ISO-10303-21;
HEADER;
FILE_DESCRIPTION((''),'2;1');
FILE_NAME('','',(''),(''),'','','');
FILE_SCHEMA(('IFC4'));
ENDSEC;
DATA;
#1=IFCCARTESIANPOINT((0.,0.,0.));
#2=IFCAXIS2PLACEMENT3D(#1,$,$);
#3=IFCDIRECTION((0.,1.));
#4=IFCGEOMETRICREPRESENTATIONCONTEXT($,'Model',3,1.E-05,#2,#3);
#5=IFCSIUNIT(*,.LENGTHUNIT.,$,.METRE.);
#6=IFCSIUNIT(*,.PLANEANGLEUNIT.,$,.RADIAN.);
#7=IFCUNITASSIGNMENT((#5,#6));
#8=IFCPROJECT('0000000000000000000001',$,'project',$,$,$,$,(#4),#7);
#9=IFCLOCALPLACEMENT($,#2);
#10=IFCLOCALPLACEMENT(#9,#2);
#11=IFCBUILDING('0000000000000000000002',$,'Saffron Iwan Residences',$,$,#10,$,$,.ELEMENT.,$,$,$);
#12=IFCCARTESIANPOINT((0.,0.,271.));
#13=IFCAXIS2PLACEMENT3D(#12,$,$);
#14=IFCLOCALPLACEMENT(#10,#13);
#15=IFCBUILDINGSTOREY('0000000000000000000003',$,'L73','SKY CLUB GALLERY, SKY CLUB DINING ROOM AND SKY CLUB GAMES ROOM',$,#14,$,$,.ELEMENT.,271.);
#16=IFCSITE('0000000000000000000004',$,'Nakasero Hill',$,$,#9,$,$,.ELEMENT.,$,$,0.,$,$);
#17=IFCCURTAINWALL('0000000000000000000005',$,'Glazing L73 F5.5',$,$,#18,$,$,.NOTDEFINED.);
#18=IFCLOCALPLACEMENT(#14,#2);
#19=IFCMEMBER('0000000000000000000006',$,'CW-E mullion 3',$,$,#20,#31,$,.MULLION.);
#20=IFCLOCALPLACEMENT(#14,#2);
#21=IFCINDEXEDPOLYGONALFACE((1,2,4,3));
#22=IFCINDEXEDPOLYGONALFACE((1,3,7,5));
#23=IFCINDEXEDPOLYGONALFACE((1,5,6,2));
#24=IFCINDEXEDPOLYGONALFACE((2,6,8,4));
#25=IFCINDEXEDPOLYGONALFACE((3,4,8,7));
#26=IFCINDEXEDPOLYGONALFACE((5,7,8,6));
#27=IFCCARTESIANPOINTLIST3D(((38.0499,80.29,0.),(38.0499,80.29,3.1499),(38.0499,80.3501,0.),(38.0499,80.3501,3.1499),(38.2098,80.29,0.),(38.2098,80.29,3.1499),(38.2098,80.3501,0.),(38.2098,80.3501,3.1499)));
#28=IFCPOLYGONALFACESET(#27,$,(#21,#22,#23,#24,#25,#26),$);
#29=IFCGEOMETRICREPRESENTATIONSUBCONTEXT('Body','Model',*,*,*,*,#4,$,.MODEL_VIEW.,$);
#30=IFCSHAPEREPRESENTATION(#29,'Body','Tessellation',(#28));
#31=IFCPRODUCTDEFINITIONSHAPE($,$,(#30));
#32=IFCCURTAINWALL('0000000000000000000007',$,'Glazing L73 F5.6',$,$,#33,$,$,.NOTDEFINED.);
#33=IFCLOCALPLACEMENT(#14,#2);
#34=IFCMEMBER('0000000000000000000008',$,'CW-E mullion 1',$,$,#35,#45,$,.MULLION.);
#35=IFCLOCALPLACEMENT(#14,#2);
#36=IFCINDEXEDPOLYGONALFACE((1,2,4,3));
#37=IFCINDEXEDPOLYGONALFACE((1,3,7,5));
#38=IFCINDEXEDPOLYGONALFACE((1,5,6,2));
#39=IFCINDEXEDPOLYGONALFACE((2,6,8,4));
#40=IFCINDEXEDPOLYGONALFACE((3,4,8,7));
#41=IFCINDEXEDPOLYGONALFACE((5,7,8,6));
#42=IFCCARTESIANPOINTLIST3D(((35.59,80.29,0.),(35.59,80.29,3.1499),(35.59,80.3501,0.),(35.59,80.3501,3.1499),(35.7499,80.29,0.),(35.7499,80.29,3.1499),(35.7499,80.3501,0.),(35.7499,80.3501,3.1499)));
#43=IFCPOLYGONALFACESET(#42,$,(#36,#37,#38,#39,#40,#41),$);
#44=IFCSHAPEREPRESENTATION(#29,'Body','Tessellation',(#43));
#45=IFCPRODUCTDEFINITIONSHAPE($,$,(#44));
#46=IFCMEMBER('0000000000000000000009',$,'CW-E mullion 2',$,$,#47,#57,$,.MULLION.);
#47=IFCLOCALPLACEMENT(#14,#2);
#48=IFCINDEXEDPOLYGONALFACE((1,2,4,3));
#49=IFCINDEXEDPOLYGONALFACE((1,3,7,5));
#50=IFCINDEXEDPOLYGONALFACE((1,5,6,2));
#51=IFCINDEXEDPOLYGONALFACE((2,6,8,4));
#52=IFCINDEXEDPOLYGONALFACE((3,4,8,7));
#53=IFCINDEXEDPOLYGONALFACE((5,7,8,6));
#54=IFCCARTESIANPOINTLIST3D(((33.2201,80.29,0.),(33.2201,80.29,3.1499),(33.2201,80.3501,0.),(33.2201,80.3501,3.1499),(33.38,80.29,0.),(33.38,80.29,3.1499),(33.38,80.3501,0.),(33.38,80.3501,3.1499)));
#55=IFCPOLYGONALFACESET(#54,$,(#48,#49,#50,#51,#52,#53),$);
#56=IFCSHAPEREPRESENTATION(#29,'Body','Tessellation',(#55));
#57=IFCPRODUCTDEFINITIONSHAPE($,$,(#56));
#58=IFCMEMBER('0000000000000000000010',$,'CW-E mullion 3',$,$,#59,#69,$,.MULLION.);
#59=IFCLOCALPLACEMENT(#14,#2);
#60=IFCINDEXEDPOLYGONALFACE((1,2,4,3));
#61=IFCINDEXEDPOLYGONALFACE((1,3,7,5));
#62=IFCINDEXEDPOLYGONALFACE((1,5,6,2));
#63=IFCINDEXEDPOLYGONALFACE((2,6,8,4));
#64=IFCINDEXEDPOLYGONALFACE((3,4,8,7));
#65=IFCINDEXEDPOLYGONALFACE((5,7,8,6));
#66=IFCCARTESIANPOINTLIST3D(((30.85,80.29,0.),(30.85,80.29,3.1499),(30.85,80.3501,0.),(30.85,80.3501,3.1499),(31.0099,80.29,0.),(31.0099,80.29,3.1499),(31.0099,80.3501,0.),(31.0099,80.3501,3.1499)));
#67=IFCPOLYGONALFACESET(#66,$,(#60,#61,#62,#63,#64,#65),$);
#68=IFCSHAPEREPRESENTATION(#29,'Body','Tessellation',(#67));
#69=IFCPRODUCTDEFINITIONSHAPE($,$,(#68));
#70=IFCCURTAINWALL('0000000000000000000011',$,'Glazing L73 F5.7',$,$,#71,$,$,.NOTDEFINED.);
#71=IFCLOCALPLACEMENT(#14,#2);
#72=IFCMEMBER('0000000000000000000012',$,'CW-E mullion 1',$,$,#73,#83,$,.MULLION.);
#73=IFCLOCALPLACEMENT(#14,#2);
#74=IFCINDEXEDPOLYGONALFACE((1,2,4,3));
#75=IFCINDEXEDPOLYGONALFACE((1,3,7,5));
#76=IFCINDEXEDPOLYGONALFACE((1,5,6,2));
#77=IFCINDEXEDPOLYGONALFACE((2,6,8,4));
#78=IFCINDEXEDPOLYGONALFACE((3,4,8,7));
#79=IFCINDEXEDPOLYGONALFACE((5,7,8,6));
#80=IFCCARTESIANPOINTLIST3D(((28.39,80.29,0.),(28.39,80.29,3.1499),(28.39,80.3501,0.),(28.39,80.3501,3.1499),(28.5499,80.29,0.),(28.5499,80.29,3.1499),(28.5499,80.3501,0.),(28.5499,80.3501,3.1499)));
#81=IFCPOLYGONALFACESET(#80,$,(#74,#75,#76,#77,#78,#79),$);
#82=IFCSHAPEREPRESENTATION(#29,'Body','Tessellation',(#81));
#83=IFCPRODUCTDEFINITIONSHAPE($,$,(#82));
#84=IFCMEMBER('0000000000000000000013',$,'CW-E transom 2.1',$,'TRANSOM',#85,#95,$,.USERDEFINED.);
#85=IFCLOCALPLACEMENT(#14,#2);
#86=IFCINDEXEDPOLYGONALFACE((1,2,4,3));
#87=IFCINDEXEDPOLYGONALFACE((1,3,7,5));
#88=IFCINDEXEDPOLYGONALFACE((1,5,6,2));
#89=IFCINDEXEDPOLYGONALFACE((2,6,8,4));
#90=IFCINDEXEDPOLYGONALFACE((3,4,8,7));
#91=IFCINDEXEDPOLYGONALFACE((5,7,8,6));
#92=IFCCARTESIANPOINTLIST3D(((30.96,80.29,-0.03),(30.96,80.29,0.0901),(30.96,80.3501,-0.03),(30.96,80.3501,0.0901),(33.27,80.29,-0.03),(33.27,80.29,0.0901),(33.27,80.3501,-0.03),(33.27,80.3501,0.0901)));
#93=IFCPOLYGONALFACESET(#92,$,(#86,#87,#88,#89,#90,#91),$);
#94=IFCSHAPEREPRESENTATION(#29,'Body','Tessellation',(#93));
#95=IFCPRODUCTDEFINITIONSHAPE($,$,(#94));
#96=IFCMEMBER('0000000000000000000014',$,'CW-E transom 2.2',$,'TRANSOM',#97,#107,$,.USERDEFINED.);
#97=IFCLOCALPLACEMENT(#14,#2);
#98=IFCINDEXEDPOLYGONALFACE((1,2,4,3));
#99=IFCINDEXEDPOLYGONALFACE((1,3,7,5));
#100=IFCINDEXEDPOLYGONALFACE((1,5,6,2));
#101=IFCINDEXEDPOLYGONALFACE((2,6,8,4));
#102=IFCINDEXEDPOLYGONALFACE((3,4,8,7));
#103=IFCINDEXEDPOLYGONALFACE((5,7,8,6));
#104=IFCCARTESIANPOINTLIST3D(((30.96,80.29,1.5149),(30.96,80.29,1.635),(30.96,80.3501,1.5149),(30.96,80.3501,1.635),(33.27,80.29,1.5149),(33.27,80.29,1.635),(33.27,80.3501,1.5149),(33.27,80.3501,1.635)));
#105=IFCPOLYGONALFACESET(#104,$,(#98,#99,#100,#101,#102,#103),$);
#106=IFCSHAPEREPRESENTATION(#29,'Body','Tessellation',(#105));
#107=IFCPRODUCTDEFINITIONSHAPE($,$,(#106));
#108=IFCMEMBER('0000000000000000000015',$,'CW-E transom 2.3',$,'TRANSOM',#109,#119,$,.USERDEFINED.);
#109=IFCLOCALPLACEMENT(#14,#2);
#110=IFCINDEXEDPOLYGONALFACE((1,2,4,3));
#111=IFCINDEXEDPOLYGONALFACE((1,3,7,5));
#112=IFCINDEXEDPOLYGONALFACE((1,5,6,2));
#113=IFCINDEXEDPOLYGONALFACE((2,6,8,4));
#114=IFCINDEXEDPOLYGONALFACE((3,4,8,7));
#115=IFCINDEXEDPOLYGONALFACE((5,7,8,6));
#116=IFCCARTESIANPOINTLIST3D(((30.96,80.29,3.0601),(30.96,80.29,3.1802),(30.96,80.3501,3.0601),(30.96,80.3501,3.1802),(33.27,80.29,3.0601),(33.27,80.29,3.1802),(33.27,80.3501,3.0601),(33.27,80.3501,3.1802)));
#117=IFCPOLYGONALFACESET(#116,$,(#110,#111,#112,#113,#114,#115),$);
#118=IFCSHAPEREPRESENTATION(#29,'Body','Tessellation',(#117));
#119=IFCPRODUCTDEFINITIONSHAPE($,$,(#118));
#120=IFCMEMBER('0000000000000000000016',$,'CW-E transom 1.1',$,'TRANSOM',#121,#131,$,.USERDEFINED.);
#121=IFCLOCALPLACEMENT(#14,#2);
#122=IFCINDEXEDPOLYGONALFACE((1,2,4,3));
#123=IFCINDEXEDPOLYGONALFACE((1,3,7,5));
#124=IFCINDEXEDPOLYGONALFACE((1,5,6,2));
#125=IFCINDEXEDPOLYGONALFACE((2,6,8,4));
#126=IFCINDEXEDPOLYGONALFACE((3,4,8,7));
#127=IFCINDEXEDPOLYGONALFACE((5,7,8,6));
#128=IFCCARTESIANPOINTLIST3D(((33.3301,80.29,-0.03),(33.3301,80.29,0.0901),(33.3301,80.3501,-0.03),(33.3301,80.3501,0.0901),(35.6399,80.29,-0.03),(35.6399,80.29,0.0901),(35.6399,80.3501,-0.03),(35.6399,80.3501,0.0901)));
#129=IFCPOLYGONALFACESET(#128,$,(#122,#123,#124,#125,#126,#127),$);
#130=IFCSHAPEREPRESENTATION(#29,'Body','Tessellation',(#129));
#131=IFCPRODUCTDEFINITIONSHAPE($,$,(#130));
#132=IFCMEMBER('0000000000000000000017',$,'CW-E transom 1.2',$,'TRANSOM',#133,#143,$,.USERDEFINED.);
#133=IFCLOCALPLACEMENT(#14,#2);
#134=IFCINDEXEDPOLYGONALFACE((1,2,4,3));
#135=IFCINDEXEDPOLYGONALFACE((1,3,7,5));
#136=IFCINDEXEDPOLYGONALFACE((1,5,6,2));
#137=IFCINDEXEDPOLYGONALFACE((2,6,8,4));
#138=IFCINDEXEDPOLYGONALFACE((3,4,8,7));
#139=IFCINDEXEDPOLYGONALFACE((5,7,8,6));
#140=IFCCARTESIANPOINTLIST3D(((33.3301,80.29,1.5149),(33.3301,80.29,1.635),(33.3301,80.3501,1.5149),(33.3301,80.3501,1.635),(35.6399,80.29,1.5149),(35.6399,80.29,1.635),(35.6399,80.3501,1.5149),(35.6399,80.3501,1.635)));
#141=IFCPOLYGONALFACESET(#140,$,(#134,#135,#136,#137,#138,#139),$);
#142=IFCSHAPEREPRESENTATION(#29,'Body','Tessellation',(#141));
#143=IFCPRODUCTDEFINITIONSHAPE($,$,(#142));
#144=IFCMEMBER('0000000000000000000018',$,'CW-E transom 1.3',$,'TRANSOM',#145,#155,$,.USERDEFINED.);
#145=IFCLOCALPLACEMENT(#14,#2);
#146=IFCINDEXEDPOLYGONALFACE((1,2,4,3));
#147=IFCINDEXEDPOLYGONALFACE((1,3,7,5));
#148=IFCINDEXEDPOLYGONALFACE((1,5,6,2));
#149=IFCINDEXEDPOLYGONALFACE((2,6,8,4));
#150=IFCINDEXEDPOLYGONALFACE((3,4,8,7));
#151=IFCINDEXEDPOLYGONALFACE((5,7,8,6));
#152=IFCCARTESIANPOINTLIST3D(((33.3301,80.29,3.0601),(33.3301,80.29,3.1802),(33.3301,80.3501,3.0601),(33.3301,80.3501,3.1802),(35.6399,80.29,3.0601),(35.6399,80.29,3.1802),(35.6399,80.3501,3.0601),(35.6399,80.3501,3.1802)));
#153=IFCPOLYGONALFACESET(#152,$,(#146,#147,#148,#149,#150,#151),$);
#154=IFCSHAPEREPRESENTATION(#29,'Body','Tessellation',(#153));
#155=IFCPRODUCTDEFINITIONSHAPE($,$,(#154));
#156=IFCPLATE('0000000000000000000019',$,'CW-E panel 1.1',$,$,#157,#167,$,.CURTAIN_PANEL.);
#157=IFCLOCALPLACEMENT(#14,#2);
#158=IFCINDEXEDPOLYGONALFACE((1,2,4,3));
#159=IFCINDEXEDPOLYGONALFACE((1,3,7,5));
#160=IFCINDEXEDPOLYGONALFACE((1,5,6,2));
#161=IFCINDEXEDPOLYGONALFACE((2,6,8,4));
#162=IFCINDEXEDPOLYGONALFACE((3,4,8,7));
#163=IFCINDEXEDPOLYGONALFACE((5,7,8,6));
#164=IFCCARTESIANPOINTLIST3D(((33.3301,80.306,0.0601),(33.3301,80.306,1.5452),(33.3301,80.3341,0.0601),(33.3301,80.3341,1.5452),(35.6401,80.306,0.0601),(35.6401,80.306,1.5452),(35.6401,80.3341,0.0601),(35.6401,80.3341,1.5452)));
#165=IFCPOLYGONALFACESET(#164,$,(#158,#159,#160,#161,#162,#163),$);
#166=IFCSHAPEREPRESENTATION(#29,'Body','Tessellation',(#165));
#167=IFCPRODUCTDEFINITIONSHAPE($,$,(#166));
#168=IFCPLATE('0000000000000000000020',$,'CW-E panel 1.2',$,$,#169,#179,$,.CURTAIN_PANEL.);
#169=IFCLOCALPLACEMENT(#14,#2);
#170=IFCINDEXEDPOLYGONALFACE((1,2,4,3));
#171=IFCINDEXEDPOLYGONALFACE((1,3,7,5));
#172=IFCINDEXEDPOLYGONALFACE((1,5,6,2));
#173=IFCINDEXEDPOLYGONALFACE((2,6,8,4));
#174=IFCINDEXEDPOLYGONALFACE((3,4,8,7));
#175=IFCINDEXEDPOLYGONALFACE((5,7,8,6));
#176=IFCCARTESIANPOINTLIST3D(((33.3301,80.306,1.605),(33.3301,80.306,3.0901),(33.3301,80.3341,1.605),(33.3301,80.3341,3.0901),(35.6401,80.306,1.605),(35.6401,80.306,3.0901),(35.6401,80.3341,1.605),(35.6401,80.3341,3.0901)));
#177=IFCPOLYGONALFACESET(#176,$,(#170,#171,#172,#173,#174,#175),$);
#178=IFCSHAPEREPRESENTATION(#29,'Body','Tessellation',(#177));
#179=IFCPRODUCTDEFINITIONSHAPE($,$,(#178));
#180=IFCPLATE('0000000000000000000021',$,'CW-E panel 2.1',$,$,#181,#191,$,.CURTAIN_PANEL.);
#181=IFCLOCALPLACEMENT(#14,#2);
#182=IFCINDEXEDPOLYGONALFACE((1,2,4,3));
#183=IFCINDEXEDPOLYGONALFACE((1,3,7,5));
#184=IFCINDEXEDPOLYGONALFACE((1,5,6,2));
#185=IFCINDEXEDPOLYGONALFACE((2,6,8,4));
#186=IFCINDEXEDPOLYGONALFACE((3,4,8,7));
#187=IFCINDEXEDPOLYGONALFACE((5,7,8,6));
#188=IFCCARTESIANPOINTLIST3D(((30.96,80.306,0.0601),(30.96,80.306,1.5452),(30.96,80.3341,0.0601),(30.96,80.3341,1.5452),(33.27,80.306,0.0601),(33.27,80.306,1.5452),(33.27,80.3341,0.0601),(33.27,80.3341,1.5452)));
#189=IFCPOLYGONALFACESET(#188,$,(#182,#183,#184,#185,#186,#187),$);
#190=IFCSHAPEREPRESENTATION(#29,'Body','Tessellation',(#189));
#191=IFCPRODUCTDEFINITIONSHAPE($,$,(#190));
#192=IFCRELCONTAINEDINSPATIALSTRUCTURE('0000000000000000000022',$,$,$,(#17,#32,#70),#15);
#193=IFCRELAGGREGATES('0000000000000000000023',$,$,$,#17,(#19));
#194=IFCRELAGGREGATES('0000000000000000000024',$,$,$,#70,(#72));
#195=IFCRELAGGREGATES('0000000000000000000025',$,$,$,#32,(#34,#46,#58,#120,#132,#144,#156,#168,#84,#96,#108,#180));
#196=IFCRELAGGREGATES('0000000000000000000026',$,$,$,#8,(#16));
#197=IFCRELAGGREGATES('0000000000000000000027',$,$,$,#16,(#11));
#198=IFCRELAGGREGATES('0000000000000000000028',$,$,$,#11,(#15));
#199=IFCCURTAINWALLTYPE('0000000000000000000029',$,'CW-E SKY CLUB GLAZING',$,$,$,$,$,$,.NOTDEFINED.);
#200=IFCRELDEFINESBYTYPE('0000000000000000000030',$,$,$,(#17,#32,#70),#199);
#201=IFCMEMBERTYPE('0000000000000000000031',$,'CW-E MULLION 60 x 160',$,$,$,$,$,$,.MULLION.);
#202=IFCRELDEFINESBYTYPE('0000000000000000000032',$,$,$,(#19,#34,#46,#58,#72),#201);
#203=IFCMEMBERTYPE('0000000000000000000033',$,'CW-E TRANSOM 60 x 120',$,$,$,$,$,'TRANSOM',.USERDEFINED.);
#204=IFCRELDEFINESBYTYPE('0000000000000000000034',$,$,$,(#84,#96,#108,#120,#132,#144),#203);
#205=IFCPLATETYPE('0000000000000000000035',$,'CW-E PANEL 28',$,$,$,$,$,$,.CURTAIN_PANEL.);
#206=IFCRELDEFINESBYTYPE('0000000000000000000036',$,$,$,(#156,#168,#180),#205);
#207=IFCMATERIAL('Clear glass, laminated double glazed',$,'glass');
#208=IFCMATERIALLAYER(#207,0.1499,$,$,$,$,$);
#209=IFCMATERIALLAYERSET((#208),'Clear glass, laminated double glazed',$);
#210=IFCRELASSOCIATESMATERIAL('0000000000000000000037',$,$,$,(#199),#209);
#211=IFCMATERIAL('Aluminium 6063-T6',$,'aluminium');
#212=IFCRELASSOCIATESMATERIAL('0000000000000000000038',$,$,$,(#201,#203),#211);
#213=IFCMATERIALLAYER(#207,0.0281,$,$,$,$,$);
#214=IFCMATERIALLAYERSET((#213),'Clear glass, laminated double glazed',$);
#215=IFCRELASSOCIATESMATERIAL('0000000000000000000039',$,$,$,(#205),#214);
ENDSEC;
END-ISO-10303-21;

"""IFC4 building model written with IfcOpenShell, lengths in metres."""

from ifc_helpers import new_model, si_unit, direction, frame, origin, origin_2d, place, context, subcontext, project, spatial, rectangle, extrude, source, transform, mapped, material, layer, layer_set, material_profile, profile_set, type_object, element, aggregate, save


model = new_model("IFC4")

# Units and contexts
model_context = context("Model", 3, precision=1e-05, world=origin(), true_north=direction((0.0, 1.0)))
body_context = subcontext(model_context, "Body", "Model", "MODEL_VIEW")
ifc_project = project(units=[si_unit("LENGTHUNIT", "METRE"), si_unit("PLANEANGLEUNIT", "RADIAN")], contexts=[model_context])

# Site, building, storey
site_placement = place(None, origin())
site = spatial("IfcSite", under=ifc_project, at=site_placement, Name="Nakasero Hill", CompositionType="ELEMENT", RefElevation=0.0)
building_placement = place(site_placement, origin())
building = spatial("IfcBuilding", under=site, at=building_placement, Name="Saffron Iwan Residences", CompositionType="ELEMENT")
storey_placement = place(building_placement, frame((0.0, 0.0, 271.0)))
storey = spatial("IfcBuildingStorey", under=building, at=storey_placement, Name="L73", Description="SKY CLUB GALLERY, SKY CLUB DINING ROOM AND SKY CLUB GAMES ROOM", CompositionType="ELEMENT", Elevation=271.0)

# Curtain wall, member
ifc_material_1 = material(Name="Clear glass, laminated double glazed", Category="glass")
ifc_layer_1 = layer(ifc_material_1, 0.1499)
ifc_layer_set_1 = layer_set([ifc_layer_1], Name="Clear glass, laminated double glazed")
curtain_wall_type = type_object("IfcCurtainWallType", Name="CW-E SKY CLUB GLAZING", PredefinedType="NOTDEFINED", material=ifc_layer_set_1)
curtain_wall_1_placement = place(storey_placement, origin())
curtain_wall_1 = element("IfcCurtainWall", 1, at=curtain_wall_1_placement, inside=storey, type_object=curtain_wall_type, Name="Glazing L73 F5.5", PredefinedType="NOTDEFINED")
ifc_material_2 = material(Name="Aluminium 6063-T6", Category="aluminium")
ifc_material_profile_1 = material_profile(ifc_material_2, rectangle(XDim=0.0601, YDim=0.1599, at=origin_2d()), Name="CW-E MULLION 60 x 160")
ifc_profile_set_1 = profile_set([ifc_material_profile_1], Name="Aluminium 6063-T6")
member_type_1 = type_object("IfcMemberType", Name="CW-E MULLION 60 x 160", PredefinedType="MULLION", material=ifc_profile_set_1)
shared_shape_1 = source(origin(), body_context, "Body", "SweptSolid", [
    extrude(rectangle(XDim=0.0601, YDim=0.1599, at=origin_2d()), origin(), (0.0, 0.0, 1.0), 3.1499),
])
member_1_placement = place(storey_placement, frame((38.1299, 80.3201, 0.0), z_axis=(0.0, 0.0, 1.0), x_axis=(0.0, -1.0, 0.0)))
member_1 = element("IfcMember", 2, at=member_1_placement, type_object=member_type_1, Name="CW-E mullion 3", PredefinedType="MULLION", context=body_context, shape_type="MappedRepresentation", body=[
    mapped(shared_shape_1, transform((0.0, 0.0, 0.0))),
])
aggregate(curtain_wall_1, [member_1])

# Curtain wall, members
curtain_wall_2_placement = place(storey_placement, origin())
curtain_wall_2 = element("IfcCurtainWall", 3, at=curtain_wall_2_placement, inside=storey, type_object=curtain_wall_type, Name="Glazing L73 F5.6", PredefinedType="NOTDEFINED")
member_2_placement = place(storey_placement, frame((35.6699, 80.3201, 0.0), z_axis=(0.0, 0.0, 1.0), x_axis=(0.0, -1.0, 0.0)))
member_2 = element("IfcMember", 4, at=member_2_placement, type_object=member_type_1, Name="CW-E mullion 1", PredefinedType="MULLION", context=body_context, shape_type="MappedRepresentation", body=[
    mapped(shared_shape_1, transform((0.0, 0.0, 0.0))),
])
member_3_placement = place(storey_placement, frame((33.3, 80.3201, 0.0), z_axis=(0.0, 0.0, 1.0), x_axis=(0.0, -1.0, 0.0)))
member_3 = element("IfcMember", 5, at=member_3_placement, type_object=member_type_1, Name="CW-E mullion 2", PredefinedType="MULLION", context=body_context, shape_type="MappedRepresentation", body=[
    mapped(shared_shape_1, transform((0.0, 0.0, 0.0))),
])
member_4_placement = place(storey_placement, frame((30.9299, 80.3201, 0.0), z_axis=(0.0, 0.0, 1.0), x_axis=(0.0, -1.0, 0.0)))
member_4 = element("IfcMember", 6, at=member_4_placement, type_object=member_type_1, Name="CW-E mullion 3", PredefinedType="MULLION", context=body_context, shape_type="MappedRepresentation", body=[
    mapped(shared_shape_1, transform((0.0, 0.0, 0.0))),
])

# Curtain wall, member
curtain_wall_3_placement = place(storey_placement, origin())
curtain_wall_3 = element("IfcCurtainWall", 7, at=curtain_wall_3_placement, inside=storey, type_object=curtain_wall_type, Name="Glazing L73 F5.7", PredefinedType="NOTDEFINED")
member_5_placement = place(storey_placement, frame((28.47, 80.3201, 0.0), z_axis=(0.0, 0.0, 1.0), x_axis=(0.0, -1.0, 0.0)))
member_5 = element("IfcMember", 8, at=member_5_placement, type_object=member_type_1, Name="CW-E mullion 1", PredefinedType="MULLION", context=body_context, shape_type="MappedRepresentation", body=[
    mapped(shared_shape_1, transform((0.0, 0.0, 0.0))),
])
aggregate(curtain_wall_3, [member_5])

# Members
ifc_material_profile_2 = material_profile(ifc_material_2, rectangle(XDim=0.0601, YDim=0.1201, at=origin_2d()), Name="CW-E TRANSOM 60 x 120")
ifc_profile_set_2 = profile_set([ifc_material_profile_2], Name="Aluminium 6063-T6")
member_type_2 = type_object("IfcMemberType", Name="CW-E TRANSOM 60 x 120", ElementType="TRANSOM", PredefinedType="USERDEFINED", material=ifc_profile_set_2)
shared_shape_2 = source(origin(), body_context, "Body", "SweptSolid", [
    extrude(rectangle(XDim=0.0601, YDim=0.1201, at=origin_2d()), origin(), (0.0, 0.0, 1.0), 2.3101),
])
member_6_placement = place(storey_placement, frame((33.27, 80.3201, 0.03), z_axis=(-1.0, 0.0, 0.0), x_axis=(0.0, -1.0, 0.0)))
member_6 = element("IfcMember", 9, at=member_6_placement, type_object=member_type_2, Name="CW-E transom 2.1", ObjectType="TRANSOM", PredefinedType="USERDEFINED", context=body_context, shape_type="MappedRepresentation", body=[
    mapped(shared_shape_2, transform((0.0, 0.0, 0.0))),
])
member_7_placement = place(storey_placement, frame((33.27, 80.3201, 1.575), z_axis=(-1.0, 0.0, 0.0), x_axis=(0.0, -1.0, 0.0)))
member_7 = element("IfcMember", 10, at=member_7_placement, type_object=member_type_2, Name="CW-E transom 2.2", ObjectType="TRANSOM", PredefinedType="USERDEFINED", context=body_context, shape_type="MappedRepresentation", body=[
    mapped(shared_shape_2, transform((0.0, 0.0, 0.0))),
])
member_8_placement = place(storey_placement, frame((33.27, 80.3201, 3.1201), z_axis=(-1.0, 0.0, 0.0), x_axis=(0.0, -1.0, 0.0)))
member_8 = element("IfcMember", 11, at=member_8_placement, type_object=member_type_2, Name="CW-E transom 2.3", ObjectType="TRANSOM", PredefinedType="USERDEFINED", context=body_context, shape_type="MappedRepresentation", body=[
    mapped(shared_shape_2, transform((0.0, 0.0, 0.0))),
])
shared_shape_3 = source(origin(), body_context, "Body", "SweptSolid", [
    extrude(rectangle(XDim=0.0601, YDim=0.1201, at=origin_2d()), origin(), (0.0, 0.0, 1.0), 2.3098),
])
member_9_placement = place(storey_placement, frame((35.6399, 80.3201, 0.03), z_axis=(-1.0, 0.0, 0.0), x_axis=(0.0, -1.0, 0.0)))
member_9 = element("IfcMember", 12, at=member_9_placement, type_object=member_type_2, Name="CW-E transom 1.1", ObjectType="TRANSOM", PredefinedType="USERDEFINED", context=body_context, shape_type="MappedRepresentation", body=[
    mapped(shared_shape_3, transform((0.0, 0.0, 0.0))),
])
member_10_placement = place(storey_placement, frame((35.6399, 80.3201, 1.575), z_axis=(-1.0, 0.0, 0.0), x_axis=(0.0, -1.0, 0.0)))
member_10 = element("IfcMember", 13, at=member_10_placement, type_object=member_type_2, Name="CW-E transom 1.2", ObjectType="TRANSOM", PredefinedType="USERDEFINED", context=body_context, shape_type="MappedRepresentation", body=[
    mapped(shared_shape_3, transform((0.0, 0.0, 0.0))),
])
member_11_placement = place(storey_placement, frame((35.6399, 80.3201, 3.1201), z_axis=(-1.0, 0.0, 0.0), x_axis=(0.0, -1.0, 0.0)))
member_11 = element("IfcMember", 14, at=member_11_placement, type_object=member_type_2, Name="CW-E transom 1.3", ObjectType="TRANSOM", PredefinedType="USERDEFINED", context=body_context, shape_type="MappedRepresentation", body=[
    mapped(shared_shape_3, transform((0.0, 0.0, 0.0))),
])

# Plates
ifc_layer_2 = layer(ifc_material_1, 0.0281)
ifc_layer_set_2 = layer_set([ifc_layer_2], Name="Clear glass, laminated double glazed")
plate_type = type_object("IfcPlateType", Name="CW-E PANEL 28", PredefinedType="CURTAIN_PANEL", material=ifc_layer_set_2)
shared_shape_4 = source(origin(), body_context, "Body", "SweptSolid", [
    extrude(rectangle(XDim=2.3101, YDim=0.0281, at=origin_2d()), origin(), (0.0, 0.0, 1.0), 1.4851),
])
plate_1_placement = place(storey_placement, frame((34.4851, 80.3201, 0.0601), z_axis=(0.0, 0.0, 1.0), x_axis=(-1.0, 0.0, 0.0)))
plate_1 = element("IfcPlate", 15, at=plate_1_placement, type_object=plate_type, Name="CW-E panel 1.1", PredefinedType="CURTAIN_PANEL", context=body_context, shape_type="MappedRepresentation", body=[
    mapped(shared_shape_4, transform((0.0, 0.0, 0.0))),
])
plate_2_placement = place(storey_placement, frame((34.4851, 80.3201, 1.605), z_axis=(0.0, 0.0, 1.0), x_axis=(-1.0, 0.0, 0.0)))
plate_2 = element("IfcPlate", 16, at=plate_2_placement, type_object=plate_type, Name="CW-E panel 1.2", PredefinedType="CURTAIN_PANEL", context=body_context, shape_type="MappedRepresentation", body=[
    mapped(shared_shape_4, transform((0.0, 0.0, 0.0))),
])
plate_3_placement = place(storey_placement, frame((32.115, 80.3201, 0.0601), z_axis=(0.0, 0.0, 1.0), x_axis=(-1.0, 0.0, 0.0)))
plate_3 = element("IfcPlate", 17, at=plate_3_placement, type_object=plate_type, Name="CW-E panel 2.1", PredefinedType="CURTAIN_PANEL", context=body_context, shape_type="MappedRepresentation", body=[
    mapped(shared_shape_4, transform((0.0, 0.0, 0.0))),
])
aggregate(curtain_wall_2, [member_2, member_3, member_4, member_9, member_10, member_11, plate_1, plate_2, member_6, member_7, member_8, plate_3])

save(model, "model.ifc")
